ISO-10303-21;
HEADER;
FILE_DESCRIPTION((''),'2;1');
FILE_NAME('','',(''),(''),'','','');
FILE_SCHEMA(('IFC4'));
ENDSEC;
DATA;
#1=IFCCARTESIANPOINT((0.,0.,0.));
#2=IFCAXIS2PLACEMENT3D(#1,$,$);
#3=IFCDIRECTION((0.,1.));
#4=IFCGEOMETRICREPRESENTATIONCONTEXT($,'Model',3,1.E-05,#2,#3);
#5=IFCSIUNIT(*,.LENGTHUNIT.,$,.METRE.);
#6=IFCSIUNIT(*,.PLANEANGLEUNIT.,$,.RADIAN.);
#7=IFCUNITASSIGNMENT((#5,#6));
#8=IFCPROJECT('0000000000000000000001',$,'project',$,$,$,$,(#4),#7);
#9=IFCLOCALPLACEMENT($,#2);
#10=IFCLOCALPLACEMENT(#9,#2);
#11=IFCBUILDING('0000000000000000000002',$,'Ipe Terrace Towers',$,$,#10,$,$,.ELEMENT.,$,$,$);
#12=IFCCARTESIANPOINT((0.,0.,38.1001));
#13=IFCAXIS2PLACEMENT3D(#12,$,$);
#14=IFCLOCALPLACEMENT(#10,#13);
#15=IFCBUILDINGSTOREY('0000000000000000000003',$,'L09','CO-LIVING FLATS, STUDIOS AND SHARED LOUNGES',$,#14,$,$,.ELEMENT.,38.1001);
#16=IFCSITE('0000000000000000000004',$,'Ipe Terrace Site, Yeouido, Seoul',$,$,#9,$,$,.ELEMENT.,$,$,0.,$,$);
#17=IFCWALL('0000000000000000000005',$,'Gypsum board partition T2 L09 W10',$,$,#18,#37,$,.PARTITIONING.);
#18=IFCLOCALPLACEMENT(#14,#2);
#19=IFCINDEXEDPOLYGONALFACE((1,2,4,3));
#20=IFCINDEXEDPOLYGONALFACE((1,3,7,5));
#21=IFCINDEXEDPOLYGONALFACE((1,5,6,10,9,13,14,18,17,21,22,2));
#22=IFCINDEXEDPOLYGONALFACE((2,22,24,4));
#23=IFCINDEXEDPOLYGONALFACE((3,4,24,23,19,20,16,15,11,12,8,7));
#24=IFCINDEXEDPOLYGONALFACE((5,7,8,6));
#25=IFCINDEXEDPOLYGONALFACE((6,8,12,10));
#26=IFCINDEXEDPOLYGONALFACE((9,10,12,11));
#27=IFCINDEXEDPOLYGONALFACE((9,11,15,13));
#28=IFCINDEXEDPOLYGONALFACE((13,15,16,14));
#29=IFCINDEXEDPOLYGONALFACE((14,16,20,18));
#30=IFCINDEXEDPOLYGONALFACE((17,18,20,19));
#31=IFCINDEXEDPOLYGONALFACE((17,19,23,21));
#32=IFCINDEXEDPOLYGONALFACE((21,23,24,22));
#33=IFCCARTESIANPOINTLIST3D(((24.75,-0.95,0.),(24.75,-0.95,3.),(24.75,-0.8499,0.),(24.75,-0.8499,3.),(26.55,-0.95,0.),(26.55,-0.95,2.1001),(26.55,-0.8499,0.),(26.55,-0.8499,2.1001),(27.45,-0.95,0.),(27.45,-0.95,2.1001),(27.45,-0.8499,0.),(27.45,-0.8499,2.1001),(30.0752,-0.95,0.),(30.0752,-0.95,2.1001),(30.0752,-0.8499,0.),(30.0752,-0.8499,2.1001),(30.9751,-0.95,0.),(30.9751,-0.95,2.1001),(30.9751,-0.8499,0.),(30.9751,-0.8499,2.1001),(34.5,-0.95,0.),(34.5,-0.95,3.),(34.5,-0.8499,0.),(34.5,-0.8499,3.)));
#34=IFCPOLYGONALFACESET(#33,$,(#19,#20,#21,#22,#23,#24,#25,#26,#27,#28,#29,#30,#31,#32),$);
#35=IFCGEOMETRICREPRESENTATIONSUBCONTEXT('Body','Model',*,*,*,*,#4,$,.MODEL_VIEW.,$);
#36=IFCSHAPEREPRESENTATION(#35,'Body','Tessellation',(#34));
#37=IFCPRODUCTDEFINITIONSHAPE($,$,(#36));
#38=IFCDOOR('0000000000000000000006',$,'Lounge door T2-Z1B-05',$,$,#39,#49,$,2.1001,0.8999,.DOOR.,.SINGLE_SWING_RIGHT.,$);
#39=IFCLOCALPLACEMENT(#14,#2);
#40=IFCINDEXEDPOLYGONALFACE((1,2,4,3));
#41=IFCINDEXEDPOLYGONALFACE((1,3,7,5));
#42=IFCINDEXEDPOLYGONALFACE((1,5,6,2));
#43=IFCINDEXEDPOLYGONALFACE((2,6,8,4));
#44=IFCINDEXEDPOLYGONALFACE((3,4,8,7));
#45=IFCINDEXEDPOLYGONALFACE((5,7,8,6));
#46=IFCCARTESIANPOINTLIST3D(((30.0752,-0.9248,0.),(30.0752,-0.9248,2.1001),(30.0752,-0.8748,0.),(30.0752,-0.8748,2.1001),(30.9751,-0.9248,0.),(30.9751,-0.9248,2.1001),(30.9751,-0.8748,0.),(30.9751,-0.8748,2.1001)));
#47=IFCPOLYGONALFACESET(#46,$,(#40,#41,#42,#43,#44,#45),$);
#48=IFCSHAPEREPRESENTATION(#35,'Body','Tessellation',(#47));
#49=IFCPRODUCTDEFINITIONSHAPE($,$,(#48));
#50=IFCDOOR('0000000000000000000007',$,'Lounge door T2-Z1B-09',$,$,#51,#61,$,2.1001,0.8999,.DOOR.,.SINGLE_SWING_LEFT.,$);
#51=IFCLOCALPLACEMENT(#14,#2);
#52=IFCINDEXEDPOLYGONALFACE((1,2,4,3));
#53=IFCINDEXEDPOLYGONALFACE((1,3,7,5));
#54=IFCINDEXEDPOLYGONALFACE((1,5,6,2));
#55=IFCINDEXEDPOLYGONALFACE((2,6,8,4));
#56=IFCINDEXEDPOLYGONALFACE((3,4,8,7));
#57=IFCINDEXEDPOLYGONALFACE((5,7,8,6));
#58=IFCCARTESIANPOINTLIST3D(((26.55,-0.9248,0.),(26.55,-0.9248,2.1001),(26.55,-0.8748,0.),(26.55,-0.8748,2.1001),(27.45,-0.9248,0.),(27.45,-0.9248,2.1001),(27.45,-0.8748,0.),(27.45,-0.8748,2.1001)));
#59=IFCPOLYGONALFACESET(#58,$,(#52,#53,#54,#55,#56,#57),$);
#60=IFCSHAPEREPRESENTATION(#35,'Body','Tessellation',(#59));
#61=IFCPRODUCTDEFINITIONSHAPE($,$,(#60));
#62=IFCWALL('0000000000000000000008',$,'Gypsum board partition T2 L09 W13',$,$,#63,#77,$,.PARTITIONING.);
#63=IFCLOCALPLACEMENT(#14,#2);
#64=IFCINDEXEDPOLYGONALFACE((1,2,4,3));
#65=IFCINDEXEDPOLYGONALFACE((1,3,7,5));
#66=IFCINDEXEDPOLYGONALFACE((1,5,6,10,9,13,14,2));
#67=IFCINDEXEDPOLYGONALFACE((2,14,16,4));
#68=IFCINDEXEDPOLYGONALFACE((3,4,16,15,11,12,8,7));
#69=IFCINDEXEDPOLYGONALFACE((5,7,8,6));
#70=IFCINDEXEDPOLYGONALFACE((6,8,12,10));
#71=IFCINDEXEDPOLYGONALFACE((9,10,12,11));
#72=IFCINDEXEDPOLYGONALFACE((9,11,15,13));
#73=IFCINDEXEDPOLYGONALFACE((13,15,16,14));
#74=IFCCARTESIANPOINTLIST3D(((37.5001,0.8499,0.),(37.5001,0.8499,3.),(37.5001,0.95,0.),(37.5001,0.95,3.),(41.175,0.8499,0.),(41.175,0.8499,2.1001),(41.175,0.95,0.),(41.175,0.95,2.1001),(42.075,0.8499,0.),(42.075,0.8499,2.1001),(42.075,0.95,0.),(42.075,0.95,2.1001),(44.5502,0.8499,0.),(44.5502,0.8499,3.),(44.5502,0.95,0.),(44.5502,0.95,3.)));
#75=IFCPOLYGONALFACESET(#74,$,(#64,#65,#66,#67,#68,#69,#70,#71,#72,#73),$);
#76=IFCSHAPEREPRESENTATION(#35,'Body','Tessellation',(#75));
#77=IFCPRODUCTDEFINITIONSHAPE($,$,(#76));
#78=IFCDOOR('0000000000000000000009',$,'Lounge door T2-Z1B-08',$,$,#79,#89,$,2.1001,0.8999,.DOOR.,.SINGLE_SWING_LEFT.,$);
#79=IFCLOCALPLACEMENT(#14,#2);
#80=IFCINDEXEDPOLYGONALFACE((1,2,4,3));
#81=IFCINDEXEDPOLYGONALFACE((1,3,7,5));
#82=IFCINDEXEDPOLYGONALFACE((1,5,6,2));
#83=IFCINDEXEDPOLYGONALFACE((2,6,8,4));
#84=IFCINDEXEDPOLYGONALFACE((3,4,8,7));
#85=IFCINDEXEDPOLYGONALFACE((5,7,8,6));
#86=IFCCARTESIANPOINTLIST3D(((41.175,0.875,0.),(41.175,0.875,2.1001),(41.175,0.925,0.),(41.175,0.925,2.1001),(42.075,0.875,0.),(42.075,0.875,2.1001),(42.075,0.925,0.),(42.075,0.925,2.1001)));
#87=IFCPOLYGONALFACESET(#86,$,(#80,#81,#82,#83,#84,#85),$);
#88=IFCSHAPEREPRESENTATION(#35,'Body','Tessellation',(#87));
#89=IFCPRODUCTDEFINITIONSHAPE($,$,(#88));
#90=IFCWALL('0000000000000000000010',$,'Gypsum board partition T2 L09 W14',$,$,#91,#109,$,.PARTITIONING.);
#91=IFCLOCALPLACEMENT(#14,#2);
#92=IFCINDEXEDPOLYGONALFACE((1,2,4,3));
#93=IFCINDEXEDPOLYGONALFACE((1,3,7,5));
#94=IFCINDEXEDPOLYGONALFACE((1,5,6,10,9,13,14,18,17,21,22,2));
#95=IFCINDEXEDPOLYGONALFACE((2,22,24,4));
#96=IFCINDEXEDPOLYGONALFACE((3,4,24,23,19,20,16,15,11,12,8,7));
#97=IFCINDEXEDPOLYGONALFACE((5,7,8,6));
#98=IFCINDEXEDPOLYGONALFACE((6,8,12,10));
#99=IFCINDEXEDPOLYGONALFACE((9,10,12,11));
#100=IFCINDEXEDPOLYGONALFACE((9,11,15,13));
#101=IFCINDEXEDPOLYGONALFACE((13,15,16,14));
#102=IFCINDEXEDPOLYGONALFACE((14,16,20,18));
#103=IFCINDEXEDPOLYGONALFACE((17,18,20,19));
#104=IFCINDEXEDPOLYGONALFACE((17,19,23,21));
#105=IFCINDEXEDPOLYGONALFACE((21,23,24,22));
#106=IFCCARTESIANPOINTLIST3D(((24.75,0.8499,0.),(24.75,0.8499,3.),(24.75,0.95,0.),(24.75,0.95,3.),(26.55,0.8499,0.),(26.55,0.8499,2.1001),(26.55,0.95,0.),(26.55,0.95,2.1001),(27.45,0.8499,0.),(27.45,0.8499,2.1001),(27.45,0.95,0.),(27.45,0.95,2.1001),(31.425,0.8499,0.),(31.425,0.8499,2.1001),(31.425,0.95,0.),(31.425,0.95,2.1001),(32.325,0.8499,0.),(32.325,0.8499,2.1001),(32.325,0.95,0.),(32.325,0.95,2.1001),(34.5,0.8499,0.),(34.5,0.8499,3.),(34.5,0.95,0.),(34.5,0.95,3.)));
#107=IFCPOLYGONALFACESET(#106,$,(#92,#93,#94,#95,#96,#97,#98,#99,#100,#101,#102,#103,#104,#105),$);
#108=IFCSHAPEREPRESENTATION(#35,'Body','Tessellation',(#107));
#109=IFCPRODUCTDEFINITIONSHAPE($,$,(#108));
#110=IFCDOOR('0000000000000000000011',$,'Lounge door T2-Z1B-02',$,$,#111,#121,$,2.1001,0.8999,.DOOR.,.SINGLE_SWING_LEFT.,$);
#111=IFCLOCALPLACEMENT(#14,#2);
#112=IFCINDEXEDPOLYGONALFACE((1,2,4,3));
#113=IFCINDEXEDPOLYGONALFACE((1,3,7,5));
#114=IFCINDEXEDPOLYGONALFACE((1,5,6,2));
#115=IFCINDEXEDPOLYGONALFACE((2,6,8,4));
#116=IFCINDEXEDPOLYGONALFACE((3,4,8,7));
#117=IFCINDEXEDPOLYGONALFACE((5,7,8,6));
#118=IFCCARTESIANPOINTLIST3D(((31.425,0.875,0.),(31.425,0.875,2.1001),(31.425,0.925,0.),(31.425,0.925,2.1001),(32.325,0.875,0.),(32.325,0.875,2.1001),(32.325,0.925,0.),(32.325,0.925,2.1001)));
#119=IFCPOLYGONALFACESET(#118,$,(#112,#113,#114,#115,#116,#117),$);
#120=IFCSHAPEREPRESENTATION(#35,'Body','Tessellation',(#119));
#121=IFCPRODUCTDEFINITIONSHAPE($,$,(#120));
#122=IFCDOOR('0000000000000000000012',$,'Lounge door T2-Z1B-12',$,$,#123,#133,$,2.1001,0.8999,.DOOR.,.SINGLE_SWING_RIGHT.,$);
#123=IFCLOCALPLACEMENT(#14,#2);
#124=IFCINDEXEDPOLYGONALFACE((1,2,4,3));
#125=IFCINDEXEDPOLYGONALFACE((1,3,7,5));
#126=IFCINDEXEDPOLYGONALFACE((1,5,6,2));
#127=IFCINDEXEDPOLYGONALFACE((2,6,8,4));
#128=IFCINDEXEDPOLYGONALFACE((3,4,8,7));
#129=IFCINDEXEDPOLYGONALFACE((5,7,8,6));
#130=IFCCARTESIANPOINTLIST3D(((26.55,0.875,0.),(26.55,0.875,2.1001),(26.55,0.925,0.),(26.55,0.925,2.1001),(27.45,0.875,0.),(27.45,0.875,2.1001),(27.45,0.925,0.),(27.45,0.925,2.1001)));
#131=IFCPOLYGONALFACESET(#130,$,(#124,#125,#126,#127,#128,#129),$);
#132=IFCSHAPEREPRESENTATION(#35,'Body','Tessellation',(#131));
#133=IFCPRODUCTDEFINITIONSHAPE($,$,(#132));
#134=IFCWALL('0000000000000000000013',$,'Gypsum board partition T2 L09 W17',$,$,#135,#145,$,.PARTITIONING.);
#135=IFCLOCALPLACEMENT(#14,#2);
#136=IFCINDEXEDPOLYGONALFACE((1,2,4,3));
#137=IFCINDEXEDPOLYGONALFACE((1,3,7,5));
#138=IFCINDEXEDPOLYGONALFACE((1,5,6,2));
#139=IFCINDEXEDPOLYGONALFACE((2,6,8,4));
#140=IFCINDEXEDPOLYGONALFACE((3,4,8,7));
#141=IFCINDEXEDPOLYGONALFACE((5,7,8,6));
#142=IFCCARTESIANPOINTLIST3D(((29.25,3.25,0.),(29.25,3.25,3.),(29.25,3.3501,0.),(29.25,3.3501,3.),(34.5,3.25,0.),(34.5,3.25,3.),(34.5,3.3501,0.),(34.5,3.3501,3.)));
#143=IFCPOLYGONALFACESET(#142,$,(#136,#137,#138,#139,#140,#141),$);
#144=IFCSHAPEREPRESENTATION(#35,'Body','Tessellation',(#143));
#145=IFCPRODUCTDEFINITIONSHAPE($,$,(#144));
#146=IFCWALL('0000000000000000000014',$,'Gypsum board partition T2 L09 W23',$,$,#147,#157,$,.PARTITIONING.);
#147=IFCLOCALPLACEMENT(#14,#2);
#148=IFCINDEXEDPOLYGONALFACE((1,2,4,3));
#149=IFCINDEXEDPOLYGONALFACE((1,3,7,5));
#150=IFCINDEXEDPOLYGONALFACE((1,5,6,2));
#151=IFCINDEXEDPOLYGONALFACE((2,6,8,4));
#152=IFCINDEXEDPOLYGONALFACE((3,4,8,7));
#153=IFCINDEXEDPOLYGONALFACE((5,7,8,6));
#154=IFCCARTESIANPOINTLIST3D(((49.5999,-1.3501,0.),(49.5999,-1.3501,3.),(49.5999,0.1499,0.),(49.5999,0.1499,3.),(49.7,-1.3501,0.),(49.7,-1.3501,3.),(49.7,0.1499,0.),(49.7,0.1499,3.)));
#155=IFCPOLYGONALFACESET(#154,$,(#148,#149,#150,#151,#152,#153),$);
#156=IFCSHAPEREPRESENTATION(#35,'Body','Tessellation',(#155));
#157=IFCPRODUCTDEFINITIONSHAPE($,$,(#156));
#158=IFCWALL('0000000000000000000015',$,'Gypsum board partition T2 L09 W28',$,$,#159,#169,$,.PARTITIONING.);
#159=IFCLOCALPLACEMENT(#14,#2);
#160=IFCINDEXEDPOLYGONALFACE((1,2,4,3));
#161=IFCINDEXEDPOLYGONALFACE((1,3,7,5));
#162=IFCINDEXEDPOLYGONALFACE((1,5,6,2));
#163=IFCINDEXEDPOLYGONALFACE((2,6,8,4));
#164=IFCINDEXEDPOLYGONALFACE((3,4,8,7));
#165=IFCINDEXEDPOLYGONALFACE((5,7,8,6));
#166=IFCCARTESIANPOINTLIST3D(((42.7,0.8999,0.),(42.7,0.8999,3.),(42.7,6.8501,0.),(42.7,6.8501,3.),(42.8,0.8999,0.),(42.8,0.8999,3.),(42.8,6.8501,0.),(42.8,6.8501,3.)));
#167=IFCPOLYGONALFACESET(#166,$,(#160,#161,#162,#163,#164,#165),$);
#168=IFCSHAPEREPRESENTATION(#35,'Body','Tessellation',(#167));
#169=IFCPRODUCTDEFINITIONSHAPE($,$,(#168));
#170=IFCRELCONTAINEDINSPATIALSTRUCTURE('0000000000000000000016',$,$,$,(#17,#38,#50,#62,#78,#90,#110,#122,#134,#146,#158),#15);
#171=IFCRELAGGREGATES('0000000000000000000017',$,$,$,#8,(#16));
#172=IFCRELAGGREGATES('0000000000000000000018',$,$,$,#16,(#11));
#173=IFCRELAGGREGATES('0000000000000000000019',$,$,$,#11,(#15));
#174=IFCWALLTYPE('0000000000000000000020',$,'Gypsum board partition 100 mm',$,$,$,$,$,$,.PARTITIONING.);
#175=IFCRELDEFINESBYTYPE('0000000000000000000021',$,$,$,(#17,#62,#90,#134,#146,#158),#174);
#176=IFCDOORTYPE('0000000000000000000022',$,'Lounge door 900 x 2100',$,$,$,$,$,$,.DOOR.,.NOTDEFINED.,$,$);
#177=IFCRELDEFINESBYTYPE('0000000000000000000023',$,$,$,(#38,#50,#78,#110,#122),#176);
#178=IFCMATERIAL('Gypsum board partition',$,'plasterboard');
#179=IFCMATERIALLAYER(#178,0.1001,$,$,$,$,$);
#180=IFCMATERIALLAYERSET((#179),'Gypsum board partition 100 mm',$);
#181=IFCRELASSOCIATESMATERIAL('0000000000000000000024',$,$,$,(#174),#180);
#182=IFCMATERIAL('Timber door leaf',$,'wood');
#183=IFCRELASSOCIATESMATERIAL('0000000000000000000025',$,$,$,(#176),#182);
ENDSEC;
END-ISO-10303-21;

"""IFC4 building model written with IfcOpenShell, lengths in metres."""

from ifc_helpers import new_model, si_unit, direction, frame, frame_2d, origin, place, context, subcontext, project, spatial, rectangle, extrude, material, layer, layer_set, type_object, element, fill, save


model = new_model("IFC4")

# Units and contexts
model_context = context("Model", 3, precision=1e-05, world=origin(), true_north=direction((0.0, 1.0)))
body_context = subcontext(model_context, "Body", "Model", "MODEL_VIEW")
ifc_project = project(units=[si_unit("LENGTHUNIT", "METRE"), si_unit("PLANEANGLEUNIT", "RADIAN")], contexts=[model_context])

# Site, building, storey
site_placement = place(None, origin())
site = spatial("IfcSite", under=ifc_project, at=site_placement, Name="Ipe Terrace Site, Yeouido, Seoul", CompositionType="ELEMENT", RefElevation=0.0)
building_placement = place(site_placement, origin())
building = spatial("IfcBuilding", under=site, at=building_placement, Name="Ipe Terrace Towers", CompositionType="ELEMENT")
storey_placement = place(building_placement, frame((0.0, 0.0, 38.1001)))
storey = spatial("IfcBuildingStorey", under=building, at=storey_placement, Name="L09", Description="CO-LIVING FLATS, STUDIOS AND SHARED LOUNGES", CompositionType="ELEMENT", Elevation=38.1001)

# Shared definitions
ifc_material_1 = material(Name="Gypsum board partition", Category="plasterboard")
ifc_layer_1 = layer(ifc_material_1, 0.1001)
ifc_layer_set_1 = layer_set([ifc_layer_1], Name="Gypsum board partition 100 mm")
wall_type_1 = type_object("IfcWallType", Name="Gypsum board partition 100 mm", PredefinedType="PARTITIONING", material=ifc_layer_set_1)

# Wall, openings, doors
wall_1_placement = place(storey_placement, frame((34.5, -0.8999, 0.0), z_axis=(0.0, 0.0, 1.0), x_axis=(-1.0, 0.0, 0.0)))
wall_1 = element("IfcWall", 1, at=wall_1_placement, inside=storey, type_object=wall_type_1, Name="Gypsum board partition T2 L09 W10", PredefinedType="PARTITIONING", context=body_context, shape_type="SweptSolid", body=[
    extrude(rectangle(XDim=9.75, YDim=0.1001, at=frame_2d((4.875, 0.0))), origin(), (0.0, 0.0, 1.0), 3.0),
])
opening_1_placement = place(wall_1_placement, frame((3.5249, 0.0, 0.0)))
opening_1 = element("IfcOpeningElement", 2, at=opening_1_placement, cuts=wall_1, PredefinedType="OPENING", context=body_context, shape_type="SweptSolid", body=[
    extrude(rectangle(XDim=0.8999, YDim=2.1001, at=frame_2d((0.45, 1.05))), frame((0.0, 0.0601, 0.0), z_axis=(0.0, -1.0, 0.0), x_axis=(1.0, 0.0, 0.0)), (0.0, 0.0, 1.0), 0.1201),
])
opening_2_placement = place(wall_1_placement, frame((7.05, 0.0, 0.0)))
opening_2 = element("IfcOpeningElement", 3, at=opening_2_placement, cuts=wall_1, PredefinedType="OPENING", context=body_context, shape_type="SweptSolid", body=[
    extrude(rectangle(XDim=0.8999, YDim=2.1001, at=frame_2d((0.45, 1.05))), frame((0.0, 0.0601, 0.0), z_axis=(0.0, -1.0, 0.0), x_axis=(1.0, 0.0, 0.0)), (0.0, 0.0, 1.0), 0.1201),
])
ifc_material_2 = material(Name="Timber door leaf", Category="wood")
door_type_1 = type_object("IfcDoorType", Name="Lounge door 900 x 2100", OperationType="NOTDEFINED", PredefinedType="DOOR", material=ifc_material_2)
door_1_placement = place(opening_1_placement, origin())
door_1 = element("IfcDoor", 4, at=door_1_placement, inside=storey, type_object=door_type_1, Name="Lounge door T2-Z1B-05", OperationType="SINGLE_SWING_RIGHT", OverallHeight=2.1001, OverallWidth=0.8999, PredefinedType="DOOR", context=body_context, shape_type="SweptSolid", body=[
    extrude(rectangle(XDim=0.8999, YDim=2.1001, at=frame_2d((0.45, 1.05))), frame((0.0, 0.0249, 0.0), z_axis=(0.0, -1.0, 0.0), x_axis=(1.0, 0.0, 0.0)), (0.0, 0.0, 1.0), 0.05),
])
fill(opening_1, door_1)
door_2_placement = place(opening_2_placement, origin())
door_2 = element("IfcDoor", 5, at=door_2_placement, inside=storey, type_object=door_type_1, Name="Lounge door T2-Z1B-09", OperationType="SINGLE_SWING_LEFT", OverallHeight=2.1001, OverallWidth=0.8999, PredefinedType="DOOR", context=body_context, shape_type="SweptSolid", body=[
    extrude(rectangle(XDim=0.8999, YDim=2.1001, at=frame_2d((0.45, 1.05))), frame((0.0, 0.0249, 0.0), z_axis=(0.0, -1.0, 0.0), x_axis=(1.0, 0.0, 0.0)), (0.0, 0.0, 1.0), 0.05),
])
fill(opening_2, door_2)

# Wall, opening, door
wall_2_placement = place(storey_placement, frame((44.55, 0.8999, 0.0), z_axis=(0.0, 0.0, 1.0), x_axis=(-1.0, 0.0, 0.0)))
wall_2 = element("IfcWall", 6, at=wall_2_placement, inside=storey, type_object=wall_type_1, Name="Gypsum board partition T2 L09 W13", PredefinedType="PARTITIONING", context=body_context, shape_type="SweptSolid", body=[
    extrude(rectangle(XDim=7.05, YDim=0.1001, at=frame_2d((3.5249, 0.0))), origin(), (0.0, 0.0, 1.0), 3.0),
])
opening_3_placement = place(wall_2_placement, frame((2.4751, 0.0, 0.0)))
opening_3 = element("IfcOpeningElement", 7, at=opening_3_placement, cuts=wall_2, PredefinedType="OPENING", context=body_context, shape_type="SweptSolid", body=[
    extrude(rectangle(XDim=0.8999, YDim=2.1001, at=frame_2d((0.45, 1.05))), frame((0.0, 0.0601, 0.0), z_axis=(0.0, -1.0, 0.0), x_axis=(1.0, 0.0, 0.0)), (0.0, 0.0, 1.0), 0.1201),
])
door_3_placement = place(opening_3_placement, origin())
door_3 = element("IfcDoor", 8, at=door_3_placement, inside=storey, type_object=door_type_1, Name="Lounge door T2-Z1B-08", OperationType="SINGLE_SWING_LEFT", OverallHeight=2.1001, OverallWidth=0.8999, PredefinedType="DOOR", context=body_context, shape_type="SweptSolid", body=[
    extrude(rectangle(XDim=0.8999, YDim=2.1001, at=frame_2d((0.45, 1.05))), frame((0.0, 0.0249, 0.0), z_axis=(0.0, -1.0, 0.0), x_axis=(1.0, 0.0, 0.0)), (0.0, 0.0, 1.0), 0.05),
])
fill(opening_3, door_3)

# Wall, openings, doors
wall_3_placement = place(storey_placement, frame((34.5, 0.8999, 0.0), z_axis=(0.0, 0.0, 1.0), x_axis=(-1.0, 0.0, 0.0)))
wall_3 = element("IfcWall", 9, at=wall_3_placement, inside=storey, type_object=wall_type_1, Name="Gypsum board partition T2 L09 W14", PredefinedType="PARTITIONING", context=body_context, shape_type="SweptSolid", body=[
    extrude(rectangle(XDim=9.75, YDim=0.1001, at=frame_2d((4.875, 0.0))), origin(), (0.0, 0.0, 1.0), 3.0),
])
opening_4_placement = place(wall_3_placement, frame((2.175, 0.0, 0.0)))
opening_4 = element("IfcOpeningElement", 10, at=opening_4_placement, cuts=wall_3, PredefinedType="OPENING", context=body_context, shape_type="SweptSolid", body=[
    extrude(rectangle(XDim=0.8999, YDim=2.1001, at=frame_2d((0.45, 1.05))), frame((0.0, 0.0601, 0.0), z_axis=(0.0, -1.0, 0.0), x_axis=(1.0, 0.0, 0.0)), (0.0, 0.0, 1.0), 0.1201),
])
opening_5_placement = place(wall_3_placement, frame((7.05, 0.0, 0.0)))
opening_5 = element("IfcOpeningElement", 11, at=opening_5_placement, cuts=wall_3, PredefinedType="OPENING", context=body_context, shape_type="SweptSolid", body=[
    extrude(rectangle(XDim=0.8999, YDim=2.1001, at=frame_2d((0.45, 1.05))), frame((0.0, 0.0601, 0.0), z_axis=(0.0, -1.0, 0.0), x_axis=(1.0, 0.0, 0.0)), (0.0, 0.0, 1.0), 0.1201),
])
door_4_placement = place(opening_4_placement, origin())
door_4 = element("IfcDoor", 12, at=door_4_placement, inside=storey, type_object=door_type_1, Name="Lounge door T2-Z1B-02", OperationType="SINGLE_SWING_LEFT", OverallHeight=2.1001, OverallWidth=0.8999, PredefinedType="DOOR", context=body_context, shape_type="SweptSolid", body=[
    extrude(rectangle(XDim=0.8999, YDim=2.1001, at=frame_2d((0.45, 1.05))), frame((0.0, 0.0249, 0.0), z_axis=(0.0, -1.0, 0.0), x_axis=(1.0, 0.0, 0.0)), (0.0, 0.0, 1.0), 0.05),
])
fill(opening_4, door_4)
door_5_placement = place(opening_5_placement, origin())
door_5 = element("IfcDoor", 13, at=door_5_placement, inside=storey, type_object=door_type_1, Name="Lounge door T2-Z1B-12", OperationType="SINGLE_SWING_RIGHT", OverallHeight=2.1001, OverallWidth=0.8999, PredefinedType="DOOR", context=body_context, shape_type="SweptSolid", body=[
    extrude(rectangle(XDim=0.8999, YDim=2.1001, at=frame_2d((0.45, 1.05))), frame((0.0, 0.0249, 0.0), z_axis=(0.0, -1.0, 0.0), x_axis=(1.0, 0.0, 0.0)), (0.0, 0.0, 1.0), 0.05),
])
fill(opening_5, door_5)

# Walls
wall_4_placement = place(storey_placement, frame((34.5, 3.3, 0.0), z_axis=(0.0, 0.0, 1.0), x_axis=(-1.0, 0.0, 0.0)))
element("IfcWall", 14, at=wall_4_placement, inside=storey, type_object=wall_type_1, Name="Gypsum board partition T2 L09 W17", PredefinedType="PARTITIONING", context=body_context, shape_type="SweptSolid", body=[
    extrude(rectangle(XDim=5.25, YDim=0.1001, at=frame_2d((2.625, 0.0))), origin(), (0.0, 0.0, 1.0), 3.0),
])
wall_5_placement = place(storey_placement, frame((49.6499, -1.3501, 0.0), z_axis=(0.0, 0.0, 1.0), x_axis=(0.0, 1.0, 0.0)))
element("IfcWall", 15, at=wall_5_placement, inside=storey, type_object=wall_type_1, Name="Gypsum board partition T2 L09 W23", PredefinedType="PARTITIONING", context=body_context, shape_type="SweptSolid", body=[
    extrude(rectangle(XDim=1.5, YDim=0.1001, at=frame_2d((0.75, 0.0))), origin(), (0.0, 0.0, 1.0), 3.0),
])
wall_6_placement = place(storey_placement, frame((42.75, 0.8999, 0.0), z_axis=(0.0, 0.0, 1.0), x_axis=(0.0, 1.0, 0.0)))
element("IfcWall", 16, at=wall_6_placement, inside=storey, type_object=wall_type_1, Name="Gypsum board partition T2 L09 W28", PredefinedType="PARTITIONING", context=body_context, shape_type="SweptSolid", body=[
    extrude(rectangle(XDim=5.9502, YDim=0.1001, at=frame_2d((2.9751, 0.0))), origin(), (0.0, 0.0, 1.0), 3.0),
])

save(model, "model.ifc")
